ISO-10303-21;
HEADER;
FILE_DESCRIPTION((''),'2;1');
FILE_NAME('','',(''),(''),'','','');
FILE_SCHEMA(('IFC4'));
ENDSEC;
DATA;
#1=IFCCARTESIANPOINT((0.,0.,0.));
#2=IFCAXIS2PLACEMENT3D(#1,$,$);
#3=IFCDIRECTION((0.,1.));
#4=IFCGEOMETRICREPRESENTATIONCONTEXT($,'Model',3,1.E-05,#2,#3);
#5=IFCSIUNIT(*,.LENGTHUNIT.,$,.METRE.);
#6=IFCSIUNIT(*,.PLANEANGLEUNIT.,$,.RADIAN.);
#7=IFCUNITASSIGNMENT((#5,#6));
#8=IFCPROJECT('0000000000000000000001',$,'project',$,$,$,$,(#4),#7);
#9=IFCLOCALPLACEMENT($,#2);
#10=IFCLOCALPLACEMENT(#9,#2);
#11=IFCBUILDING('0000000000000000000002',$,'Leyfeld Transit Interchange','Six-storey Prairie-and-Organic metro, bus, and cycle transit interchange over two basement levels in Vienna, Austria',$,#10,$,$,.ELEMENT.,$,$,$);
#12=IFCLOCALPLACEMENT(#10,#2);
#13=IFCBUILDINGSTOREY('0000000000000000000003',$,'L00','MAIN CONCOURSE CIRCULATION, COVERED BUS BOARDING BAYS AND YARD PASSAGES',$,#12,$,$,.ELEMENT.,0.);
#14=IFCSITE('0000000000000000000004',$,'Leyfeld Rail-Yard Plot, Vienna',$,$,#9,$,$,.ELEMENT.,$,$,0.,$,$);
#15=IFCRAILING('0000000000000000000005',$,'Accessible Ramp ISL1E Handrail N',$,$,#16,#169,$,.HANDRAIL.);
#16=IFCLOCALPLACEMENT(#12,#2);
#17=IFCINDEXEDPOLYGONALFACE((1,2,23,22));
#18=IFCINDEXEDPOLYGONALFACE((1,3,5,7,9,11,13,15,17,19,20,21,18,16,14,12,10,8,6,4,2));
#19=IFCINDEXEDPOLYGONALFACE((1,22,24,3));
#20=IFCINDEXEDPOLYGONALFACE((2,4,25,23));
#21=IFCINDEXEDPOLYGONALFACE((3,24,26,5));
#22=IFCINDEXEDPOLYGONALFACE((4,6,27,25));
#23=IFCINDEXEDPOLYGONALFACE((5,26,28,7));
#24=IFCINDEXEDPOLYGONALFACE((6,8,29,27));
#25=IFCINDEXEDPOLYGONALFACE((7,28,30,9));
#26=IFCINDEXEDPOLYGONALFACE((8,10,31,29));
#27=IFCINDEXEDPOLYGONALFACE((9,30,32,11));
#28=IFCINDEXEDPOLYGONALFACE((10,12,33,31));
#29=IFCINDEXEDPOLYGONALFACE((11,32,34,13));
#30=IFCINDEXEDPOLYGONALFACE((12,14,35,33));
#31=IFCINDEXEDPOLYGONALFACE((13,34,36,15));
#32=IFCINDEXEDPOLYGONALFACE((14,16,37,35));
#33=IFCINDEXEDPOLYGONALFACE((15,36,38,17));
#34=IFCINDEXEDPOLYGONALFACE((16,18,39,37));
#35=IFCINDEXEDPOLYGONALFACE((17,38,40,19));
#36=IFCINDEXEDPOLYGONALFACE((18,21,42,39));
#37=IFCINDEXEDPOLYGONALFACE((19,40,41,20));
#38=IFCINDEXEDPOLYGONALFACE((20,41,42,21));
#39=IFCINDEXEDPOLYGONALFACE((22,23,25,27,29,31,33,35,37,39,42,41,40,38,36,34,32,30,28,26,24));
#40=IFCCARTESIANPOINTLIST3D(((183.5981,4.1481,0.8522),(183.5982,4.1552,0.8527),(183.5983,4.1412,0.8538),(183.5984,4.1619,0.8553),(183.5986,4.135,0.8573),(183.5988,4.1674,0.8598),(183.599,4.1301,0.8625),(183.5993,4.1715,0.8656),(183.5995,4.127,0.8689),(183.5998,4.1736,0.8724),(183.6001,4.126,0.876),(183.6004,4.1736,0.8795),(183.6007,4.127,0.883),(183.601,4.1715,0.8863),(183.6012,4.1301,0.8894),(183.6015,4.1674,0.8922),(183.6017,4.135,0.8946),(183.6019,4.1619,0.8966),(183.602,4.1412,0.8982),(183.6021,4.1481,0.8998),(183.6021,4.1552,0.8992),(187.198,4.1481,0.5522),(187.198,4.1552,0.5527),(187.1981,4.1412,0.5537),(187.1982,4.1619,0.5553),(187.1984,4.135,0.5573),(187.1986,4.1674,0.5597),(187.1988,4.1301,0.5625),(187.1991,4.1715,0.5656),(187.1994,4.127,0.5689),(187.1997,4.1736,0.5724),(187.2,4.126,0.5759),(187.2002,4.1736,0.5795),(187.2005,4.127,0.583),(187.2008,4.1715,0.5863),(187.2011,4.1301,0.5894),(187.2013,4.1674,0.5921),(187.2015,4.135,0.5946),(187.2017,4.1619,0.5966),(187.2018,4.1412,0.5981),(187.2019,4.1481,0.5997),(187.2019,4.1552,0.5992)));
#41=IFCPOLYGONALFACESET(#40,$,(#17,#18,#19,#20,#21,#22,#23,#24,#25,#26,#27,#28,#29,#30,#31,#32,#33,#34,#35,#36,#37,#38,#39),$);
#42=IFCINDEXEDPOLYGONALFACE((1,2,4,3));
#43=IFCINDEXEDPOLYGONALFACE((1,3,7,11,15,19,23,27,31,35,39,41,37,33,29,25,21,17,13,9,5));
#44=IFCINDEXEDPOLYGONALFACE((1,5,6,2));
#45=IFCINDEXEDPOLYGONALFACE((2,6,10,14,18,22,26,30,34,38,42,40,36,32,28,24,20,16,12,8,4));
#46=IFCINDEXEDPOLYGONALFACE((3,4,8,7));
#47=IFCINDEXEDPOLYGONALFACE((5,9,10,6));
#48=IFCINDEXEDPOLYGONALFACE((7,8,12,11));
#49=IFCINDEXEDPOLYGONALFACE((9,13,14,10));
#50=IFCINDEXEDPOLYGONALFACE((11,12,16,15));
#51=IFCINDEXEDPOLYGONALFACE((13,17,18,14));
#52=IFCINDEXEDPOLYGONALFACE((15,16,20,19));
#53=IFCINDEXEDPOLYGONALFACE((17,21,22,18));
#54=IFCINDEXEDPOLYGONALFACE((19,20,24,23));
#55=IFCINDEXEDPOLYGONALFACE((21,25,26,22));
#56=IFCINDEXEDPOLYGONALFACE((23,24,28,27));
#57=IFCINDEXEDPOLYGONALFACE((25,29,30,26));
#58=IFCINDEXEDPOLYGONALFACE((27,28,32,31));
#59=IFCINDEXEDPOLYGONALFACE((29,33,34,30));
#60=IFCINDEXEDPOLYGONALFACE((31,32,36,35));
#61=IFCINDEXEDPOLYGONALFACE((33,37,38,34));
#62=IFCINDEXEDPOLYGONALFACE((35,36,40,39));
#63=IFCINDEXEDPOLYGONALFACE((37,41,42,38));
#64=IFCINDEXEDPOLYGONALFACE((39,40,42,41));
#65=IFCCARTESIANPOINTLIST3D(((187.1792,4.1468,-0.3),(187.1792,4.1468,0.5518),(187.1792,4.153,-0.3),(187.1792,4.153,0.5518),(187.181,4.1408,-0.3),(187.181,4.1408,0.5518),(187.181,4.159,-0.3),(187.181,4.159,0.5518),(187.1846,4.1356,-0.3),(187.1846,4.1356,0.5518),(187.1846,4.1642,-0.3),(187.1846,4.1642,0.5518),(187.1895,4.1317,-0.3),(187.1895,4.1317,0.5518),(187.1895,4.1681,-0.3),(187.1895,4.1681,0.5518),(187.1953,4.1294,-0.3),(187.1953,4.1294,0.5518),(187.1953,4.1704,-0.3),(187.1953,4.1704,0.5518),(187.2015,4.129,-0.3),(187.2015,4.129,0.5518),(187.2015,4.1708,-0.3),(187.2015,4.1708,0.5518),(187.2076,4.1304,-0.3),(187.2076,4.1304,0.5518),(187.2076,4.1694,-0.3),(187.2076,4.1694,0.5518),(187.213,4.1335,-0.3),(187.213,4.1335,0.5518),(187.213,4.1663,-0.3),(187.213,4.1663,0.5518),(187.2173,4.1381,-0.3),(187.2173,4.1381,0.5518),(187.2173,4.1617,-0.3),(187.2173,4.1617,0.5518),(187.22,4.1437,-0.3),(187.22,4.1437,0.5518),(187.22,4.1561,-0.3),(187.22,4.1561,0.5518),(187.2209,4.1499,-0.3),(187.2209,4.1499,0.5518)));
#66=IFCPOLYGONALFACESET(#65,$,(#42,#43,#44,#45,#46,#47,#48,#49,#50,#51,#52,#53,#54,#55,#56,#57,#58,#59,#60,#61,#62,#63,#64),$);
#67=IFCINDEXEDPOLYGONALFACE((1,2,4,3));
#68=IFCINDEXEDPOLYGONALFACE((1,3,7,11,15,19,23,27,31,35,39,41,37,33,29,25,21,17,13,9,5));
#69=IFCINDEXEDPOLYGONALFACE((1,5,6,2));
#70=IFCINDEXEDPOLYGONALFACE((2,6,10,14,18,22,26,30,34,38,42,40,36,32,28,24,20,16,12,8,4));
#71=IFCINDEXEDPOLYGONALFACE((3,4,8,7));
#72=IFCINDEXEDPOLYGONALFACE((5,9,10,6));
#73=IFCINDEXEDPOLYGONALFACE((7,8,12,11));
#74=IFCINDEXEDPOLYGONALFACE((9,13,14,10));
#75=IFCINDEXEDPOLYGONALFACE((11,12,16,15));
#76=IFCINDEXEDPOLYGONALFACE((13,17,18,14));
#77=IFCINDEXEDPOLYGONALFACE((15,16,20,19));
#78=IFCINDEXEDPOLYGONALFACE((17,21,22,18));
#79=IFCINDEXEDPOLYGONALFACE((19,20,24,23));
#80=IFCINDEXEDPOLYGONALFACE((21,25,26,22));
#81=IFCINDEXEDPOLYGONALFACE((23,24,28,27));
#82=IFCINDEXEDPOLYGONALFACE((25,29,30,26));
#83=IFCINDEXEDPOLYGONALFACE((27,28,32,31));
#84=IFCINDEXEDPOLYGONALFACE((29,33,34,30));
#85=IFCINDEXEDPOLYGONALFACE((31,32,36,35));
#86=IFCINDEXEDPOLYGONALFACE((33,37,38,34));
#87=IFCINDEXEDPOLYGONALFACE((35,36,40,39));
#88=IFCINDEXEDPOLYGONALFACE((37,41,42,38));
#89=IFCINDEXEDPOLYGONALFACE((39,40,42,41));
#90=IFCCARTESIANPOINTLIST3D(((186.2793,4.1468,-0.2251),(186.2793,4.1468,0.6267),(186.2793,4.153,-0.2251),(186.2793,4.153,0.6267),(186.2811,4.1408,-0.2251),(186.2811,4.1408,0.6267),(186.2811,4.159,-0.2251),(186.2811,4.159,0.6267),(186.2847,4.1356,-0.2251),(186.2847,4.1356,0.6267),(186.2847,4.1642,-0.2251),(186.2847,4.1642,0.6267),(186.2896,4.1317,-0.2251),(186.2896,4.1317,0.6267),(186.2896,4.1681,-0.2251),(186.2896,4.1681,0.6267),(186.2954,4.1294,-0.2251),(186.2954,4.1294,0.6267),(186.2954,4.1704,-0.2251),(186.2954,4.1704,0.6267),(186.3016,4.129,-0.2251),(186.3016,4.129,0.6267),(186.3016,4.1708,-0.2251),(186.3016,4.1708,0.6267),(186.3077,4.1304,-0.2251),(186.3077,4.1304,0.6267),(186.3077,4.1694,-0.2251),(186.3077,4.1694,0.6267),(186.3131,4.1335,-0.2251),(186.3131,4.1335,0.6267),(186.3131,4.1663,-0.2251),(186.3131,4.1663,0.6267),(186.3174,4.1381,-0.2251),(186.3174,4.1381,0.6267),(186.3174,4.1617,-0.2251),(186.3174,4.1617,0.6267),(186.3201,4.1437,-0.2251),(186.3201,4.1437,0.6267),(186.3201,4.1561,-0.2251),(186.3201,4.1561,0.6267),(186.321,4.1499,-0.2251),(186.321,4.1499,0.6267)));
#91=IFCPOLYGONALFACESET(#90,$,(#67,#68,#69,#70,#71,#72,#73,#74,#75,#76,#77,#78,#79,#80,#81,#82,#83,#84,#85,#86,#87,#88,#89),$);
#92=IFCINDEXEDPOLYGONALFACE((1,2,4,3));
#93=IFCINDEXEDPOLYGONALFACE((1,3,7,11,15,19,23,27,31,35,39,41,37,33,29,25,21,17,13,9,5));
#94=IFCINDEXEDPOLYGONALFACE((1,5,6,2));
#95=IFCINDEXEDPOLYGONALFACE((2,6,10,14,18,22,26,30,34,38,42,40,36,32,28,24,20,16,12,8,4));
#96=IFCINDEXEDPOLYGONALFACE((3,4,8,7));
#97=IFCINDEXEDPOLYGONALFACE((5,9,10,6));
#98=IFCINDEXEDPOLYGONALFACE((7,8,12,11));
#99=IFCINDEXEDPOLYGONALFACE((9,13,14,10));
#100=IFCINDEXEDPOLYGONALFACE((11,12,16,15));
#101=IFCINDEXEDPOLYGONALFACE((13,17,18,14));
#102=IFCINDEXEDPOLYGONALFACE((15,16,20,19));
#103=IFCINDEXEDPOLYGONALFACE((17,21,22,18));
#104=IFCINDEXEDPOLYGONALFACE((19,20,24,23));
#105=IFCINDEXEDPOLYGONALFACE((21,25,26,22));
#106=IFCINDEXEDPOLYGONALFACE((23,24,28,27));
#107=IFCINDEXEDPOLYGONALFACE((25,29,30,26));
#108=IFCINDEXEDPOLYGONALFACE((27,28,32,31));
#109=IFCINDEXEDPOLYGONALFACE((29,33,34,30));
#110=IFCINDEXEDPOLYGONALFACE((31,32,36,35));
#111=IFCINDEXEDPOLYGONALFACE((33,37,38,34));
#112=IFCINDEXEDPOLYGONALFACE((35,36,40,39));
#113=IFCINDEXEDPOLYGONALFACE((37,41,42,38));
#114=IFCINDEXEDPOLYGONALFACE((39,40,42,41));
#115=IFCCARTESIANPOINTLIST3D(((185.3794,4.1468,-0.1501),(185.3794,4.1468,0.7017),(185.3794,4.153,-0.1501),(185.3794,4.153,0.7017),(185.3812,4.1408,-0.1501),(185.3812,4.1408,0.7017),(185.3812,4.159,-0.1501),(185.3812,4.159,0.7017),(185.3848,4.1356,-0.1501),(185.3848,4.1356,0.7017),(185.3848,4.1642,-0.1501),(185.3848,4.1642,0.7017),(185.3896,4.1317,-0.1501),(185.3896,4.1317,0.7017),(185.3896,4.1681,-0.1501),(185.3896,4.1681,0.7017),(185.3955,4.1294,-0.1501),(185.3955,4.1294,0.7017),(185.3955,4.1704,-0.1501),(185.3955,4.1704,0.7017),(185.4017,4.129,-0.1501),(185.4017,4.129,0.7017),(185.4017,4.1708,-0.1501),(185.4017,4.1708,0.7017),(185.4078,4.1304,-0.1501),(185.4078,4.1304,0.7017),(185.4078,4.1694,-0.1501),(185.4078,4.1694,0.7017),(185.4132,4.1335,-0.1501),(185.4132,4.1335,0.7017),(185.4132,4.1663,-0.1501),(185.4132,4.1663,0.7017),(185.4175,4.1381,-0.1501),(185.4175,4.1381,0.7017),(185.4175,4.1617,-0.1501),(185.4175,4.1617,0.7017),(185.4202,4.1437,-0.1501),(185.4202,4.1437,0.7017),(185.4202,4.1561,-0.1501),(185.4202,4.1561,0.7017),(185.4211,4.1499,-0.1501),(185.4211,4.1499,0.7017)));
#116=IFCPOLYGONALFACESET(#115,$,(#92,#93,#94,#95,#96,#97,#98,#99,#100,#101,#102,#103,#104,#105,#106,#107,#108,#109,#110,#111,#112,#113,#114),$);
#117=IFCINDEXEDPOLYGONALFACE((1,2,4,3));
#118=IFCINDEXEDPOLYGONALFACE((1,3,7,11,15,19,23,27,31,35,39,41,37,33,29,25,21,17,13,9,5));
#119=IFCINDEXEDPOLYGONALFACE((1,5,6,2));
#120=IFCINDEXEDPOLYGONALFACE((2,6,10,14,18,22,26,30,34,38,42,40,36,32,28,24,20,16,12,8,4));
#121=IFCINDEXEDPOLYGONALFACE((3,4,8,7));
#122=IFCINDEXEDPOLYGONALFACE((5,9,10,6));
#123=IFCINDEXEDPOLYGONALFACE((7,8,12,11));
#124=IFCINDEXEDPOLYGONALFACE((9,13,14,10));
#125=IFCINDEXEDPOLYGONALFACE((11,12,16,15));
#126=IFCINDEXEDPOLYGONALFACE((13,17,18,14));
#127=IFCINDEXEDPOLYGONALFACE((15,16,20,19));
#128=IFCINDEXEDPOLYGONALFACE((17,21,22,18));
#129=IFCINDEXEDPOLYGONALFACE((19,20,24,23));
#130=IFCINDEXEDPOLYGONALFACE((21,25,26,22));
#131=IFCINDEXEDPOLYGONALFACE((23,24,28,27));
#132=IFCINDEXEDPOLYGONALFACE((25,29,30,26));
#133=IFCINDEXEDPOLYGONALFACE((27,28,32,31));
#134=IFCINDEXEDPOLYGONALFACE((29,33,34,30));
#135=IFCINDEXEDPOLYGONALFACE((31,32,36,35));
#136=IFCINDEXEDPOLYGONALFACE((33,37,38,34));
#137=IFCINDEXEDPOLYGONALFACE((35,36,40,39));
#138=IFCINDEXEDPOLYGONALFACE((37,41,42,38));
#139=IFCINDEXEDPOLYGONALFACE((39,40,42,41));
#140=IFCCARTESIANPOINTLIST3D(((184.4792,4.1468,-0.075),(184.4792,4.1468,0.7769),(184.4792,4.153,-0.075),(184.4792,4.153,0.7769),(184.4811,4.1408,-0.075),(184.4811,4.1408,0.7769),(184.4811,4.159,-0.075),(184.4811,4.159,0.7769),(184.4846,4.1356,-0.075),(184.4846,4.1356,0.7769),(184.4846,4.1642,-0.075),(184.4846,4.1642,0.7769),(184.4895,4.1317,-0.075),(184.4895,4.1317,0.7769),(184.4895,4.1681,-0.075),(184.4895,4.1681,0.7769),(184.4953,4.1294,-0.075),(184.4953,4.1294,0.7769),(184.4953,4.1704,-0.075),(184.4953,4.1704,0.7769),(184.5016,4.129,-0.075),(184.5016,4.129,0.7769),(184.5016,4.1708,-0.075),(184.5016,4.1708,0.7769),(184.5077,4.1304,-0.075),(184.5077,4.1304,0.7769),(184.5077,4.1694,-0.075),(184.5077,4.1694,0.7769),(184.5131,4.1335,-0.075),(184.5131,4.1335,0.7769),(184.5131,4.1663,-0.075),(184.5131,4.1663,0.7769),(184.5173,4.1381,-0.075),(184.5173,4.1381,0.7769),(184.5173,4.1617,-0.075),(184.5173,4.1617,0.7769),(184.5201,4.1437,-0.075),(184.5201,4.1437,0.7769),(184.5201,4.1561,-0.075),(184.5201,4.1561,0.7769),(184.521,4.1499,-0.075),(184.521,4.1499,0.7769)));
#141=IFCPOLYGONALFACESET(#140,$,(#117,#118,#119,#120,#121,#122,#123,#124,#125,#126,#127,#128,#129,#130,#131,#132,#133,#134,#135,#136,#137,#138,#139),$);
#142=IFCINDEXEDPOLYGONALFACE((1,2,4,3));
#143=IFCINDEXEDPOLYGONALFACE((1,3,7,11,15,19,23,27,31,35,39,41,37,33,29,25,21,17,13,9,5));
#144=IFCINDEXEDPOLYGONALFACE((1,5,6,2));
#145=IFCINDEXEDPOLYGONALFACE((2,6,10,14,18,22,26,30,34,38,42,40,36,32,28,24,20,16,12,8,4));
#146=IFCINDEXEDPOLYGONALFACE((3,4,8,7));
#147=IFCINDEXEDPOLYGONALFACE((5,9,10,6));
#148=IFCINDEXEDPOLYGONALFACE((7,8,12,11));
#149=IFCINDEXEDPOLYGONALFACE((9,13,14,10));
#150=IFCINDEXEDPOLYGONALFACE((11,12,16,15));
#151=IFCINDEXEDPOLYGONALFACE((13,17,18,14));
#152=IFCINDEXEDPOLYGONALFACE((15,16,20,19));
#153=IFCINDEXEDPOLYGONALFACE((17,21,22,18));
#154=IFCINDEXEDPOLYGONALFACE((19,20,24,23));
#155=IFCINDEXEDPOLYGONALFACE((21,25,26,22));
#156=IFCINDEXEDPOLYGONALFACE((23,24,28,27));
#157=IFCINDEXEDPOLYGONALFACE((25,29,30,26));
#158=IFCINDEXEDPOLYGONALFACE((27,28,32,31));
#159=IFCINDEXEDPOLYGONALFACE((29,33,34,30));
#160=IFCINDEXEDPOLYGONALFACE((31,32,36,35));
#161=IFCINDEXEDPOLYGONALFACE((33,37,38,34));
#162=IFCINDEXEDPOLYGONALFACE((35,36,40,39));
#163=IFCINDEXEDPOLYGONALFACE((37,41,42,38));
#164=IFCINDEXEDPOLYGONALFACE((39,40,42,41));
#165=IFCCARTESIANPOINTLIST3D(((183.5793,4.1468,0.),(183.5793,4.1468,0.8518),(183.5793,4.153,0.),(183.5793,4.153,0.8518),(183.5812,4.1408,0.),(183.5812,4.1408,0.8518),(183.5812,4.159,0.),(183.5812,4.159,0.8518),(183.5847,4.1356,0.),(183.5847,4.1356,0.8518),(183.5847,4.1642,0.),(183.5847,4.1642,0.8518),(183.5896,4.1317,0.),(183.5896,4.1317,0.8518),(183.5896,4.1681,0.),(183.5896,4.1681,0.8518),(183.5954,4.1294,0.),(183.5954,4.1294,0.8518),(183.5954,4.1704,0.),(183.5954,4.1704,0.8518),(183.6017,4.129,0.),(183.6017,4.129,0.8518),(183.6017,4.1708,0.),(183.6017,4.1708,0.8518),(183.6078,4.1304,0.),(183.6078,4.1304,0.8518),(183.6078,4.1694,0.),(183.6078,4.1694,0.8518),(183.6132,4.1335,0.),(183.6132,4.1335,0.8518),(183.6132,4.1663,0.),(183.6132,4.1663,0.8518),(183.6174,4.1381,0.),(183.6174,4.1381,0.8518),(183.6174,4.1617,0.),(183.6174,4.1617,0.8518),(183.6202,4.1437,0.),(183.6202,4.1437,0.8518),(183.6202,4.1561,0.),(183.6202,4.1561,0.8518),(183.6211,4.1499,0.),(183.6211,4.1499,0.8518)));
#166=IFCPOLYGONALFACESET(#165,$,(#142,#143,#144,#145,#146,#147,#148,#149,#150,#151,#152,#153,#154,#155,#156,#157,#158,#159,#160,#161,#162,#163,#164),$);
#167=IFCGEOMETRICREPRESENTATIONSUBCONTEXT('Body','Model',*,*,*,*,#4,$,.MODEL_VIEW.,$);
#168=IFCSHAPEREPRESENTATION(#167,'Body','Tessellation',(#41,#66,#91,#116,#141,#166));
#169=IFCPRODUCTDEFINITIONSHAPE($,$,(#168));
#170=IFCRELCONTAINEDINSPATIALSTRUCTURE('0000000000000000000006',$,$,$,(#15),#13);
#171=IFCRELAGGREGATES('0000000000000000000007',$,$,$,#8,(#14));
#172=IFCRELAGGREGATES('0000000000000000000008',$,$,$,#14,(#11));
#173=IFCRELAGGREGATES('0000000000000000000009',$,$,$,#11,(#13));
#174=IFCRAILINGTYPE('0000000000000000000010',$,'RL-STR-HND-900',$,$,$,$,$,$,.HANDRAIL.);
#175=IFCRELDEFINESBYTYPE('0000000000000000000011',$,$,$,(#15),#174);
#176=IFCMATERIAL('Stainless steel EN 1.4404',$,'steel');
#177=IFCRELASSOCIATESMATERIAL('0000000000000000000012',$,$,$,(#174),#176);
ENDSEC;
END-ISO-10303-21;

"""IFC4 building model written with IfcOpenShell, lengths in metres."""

from ifc_helpers import new_model, si_unit, direction, frame, origin, origin_2d, place, context, subcontext, project, spatial, circle, extrude, material, type_object, element, save


model = new_model("IFC4")

# Units and contexts
model_context = context("Model", 3, precision=1e-05, world=origin(), true_north=direction((0.0, 1.0)))
body_context = subcontext(model_context, "Body", "Model", "MODEL_VIEW")
ifc_project = project(units=[si_unit("LENGTHUNIT", "METRE"), si_unit("PLANEANGLEUNIT", "RADIAN")], contexts=[model_context])

# Site, building, storey
site_placement = place(None, origin())
site = spatial("IfcSite", under=ifc_project, at=site_placement, Name="Leyfeld Rail-Yard Plot, Vienna", CompositionType="ELEMENT", RefElevation=0.0)
building_placement = place(site_placement, origin())
building = spatial("IfcBuilding", under=site, at=building_placement, Name="Leyfeld Transit Interchange", Description="Six-storey Prairie-and-Organic metro, bus, and cycle transit interchange over two basement levels in Vienna, Austria", CompositionType="ELEMENT")
storey_placement = place(building_placement, origin())
storey = spatial("IfcBuildingStorey", under=building, at=storey_placement, Name="L00", Description="MAIN CONCOURSE CIRCULATION, COVERED BUS BOARDING BAYS AND YARD PASSAGES", CompositionType="ELEMENT", Elevation=0.0)

# Railing
ifc_material_1 = material(Name="Stainless steel EN 1.4404", Category="steel")
railing_type = type_object("IfcRailingType", Name="RL-STR-HND-900", PredefinedType="HANDRAIL", material=ifc_material_1)
for number, where, name in (
    (1, (187.2, 4.1499, -0.3), "Accessible Ramp ISL1E Handrail N"),
):
    element("IfcRailing", number, at=place(storey_placement, frame(where)), inside=storey, type_object=railing_type, Name=name, PredefinedType="HANDRAIL", context=body_context, shape_type="SweptSolid", body=[
        extrude(circle(Radius=0.0239, at=origin_2d()), frame((0.0, 0.0, 0.876), z_axis=(-0.996544, 0.0, 0.083062), x_axis=(0.0, -1.0, 0.0)), (0.0, 0.0, 1.0), 3.6123),
        extrude(circle(Radius=0.021, at=origin_2d()), origin(), (0.0, 0.0, 1.0), 0.8518),
        extrude(circle(Radius=0.021, at=origin_2d()), frame((-0.8999, 0.0, 0.075)), (0.0, 0.0, 1.0), 0.8518),
        extrude(circle(Radius=0.021, at=origin_2d()), frame((-1.7998, 0.0, 0.1499)), (0.0, 0.0, 1.0), 0.8518),
        extrude(circle(Radius=0.021, at=origin_2d()), frame((-2.7, 0.0, 0.2251)), (0.0, 0.0, 1.0), 0.8518),
        extrude(circle(Radius=0.021, at=origin_2d()), frame((-3.5999, 0.0, 0.3)), (0.0, 0.0, 1.0), 0.8518),
    ])

save(model, "model.ifc")
